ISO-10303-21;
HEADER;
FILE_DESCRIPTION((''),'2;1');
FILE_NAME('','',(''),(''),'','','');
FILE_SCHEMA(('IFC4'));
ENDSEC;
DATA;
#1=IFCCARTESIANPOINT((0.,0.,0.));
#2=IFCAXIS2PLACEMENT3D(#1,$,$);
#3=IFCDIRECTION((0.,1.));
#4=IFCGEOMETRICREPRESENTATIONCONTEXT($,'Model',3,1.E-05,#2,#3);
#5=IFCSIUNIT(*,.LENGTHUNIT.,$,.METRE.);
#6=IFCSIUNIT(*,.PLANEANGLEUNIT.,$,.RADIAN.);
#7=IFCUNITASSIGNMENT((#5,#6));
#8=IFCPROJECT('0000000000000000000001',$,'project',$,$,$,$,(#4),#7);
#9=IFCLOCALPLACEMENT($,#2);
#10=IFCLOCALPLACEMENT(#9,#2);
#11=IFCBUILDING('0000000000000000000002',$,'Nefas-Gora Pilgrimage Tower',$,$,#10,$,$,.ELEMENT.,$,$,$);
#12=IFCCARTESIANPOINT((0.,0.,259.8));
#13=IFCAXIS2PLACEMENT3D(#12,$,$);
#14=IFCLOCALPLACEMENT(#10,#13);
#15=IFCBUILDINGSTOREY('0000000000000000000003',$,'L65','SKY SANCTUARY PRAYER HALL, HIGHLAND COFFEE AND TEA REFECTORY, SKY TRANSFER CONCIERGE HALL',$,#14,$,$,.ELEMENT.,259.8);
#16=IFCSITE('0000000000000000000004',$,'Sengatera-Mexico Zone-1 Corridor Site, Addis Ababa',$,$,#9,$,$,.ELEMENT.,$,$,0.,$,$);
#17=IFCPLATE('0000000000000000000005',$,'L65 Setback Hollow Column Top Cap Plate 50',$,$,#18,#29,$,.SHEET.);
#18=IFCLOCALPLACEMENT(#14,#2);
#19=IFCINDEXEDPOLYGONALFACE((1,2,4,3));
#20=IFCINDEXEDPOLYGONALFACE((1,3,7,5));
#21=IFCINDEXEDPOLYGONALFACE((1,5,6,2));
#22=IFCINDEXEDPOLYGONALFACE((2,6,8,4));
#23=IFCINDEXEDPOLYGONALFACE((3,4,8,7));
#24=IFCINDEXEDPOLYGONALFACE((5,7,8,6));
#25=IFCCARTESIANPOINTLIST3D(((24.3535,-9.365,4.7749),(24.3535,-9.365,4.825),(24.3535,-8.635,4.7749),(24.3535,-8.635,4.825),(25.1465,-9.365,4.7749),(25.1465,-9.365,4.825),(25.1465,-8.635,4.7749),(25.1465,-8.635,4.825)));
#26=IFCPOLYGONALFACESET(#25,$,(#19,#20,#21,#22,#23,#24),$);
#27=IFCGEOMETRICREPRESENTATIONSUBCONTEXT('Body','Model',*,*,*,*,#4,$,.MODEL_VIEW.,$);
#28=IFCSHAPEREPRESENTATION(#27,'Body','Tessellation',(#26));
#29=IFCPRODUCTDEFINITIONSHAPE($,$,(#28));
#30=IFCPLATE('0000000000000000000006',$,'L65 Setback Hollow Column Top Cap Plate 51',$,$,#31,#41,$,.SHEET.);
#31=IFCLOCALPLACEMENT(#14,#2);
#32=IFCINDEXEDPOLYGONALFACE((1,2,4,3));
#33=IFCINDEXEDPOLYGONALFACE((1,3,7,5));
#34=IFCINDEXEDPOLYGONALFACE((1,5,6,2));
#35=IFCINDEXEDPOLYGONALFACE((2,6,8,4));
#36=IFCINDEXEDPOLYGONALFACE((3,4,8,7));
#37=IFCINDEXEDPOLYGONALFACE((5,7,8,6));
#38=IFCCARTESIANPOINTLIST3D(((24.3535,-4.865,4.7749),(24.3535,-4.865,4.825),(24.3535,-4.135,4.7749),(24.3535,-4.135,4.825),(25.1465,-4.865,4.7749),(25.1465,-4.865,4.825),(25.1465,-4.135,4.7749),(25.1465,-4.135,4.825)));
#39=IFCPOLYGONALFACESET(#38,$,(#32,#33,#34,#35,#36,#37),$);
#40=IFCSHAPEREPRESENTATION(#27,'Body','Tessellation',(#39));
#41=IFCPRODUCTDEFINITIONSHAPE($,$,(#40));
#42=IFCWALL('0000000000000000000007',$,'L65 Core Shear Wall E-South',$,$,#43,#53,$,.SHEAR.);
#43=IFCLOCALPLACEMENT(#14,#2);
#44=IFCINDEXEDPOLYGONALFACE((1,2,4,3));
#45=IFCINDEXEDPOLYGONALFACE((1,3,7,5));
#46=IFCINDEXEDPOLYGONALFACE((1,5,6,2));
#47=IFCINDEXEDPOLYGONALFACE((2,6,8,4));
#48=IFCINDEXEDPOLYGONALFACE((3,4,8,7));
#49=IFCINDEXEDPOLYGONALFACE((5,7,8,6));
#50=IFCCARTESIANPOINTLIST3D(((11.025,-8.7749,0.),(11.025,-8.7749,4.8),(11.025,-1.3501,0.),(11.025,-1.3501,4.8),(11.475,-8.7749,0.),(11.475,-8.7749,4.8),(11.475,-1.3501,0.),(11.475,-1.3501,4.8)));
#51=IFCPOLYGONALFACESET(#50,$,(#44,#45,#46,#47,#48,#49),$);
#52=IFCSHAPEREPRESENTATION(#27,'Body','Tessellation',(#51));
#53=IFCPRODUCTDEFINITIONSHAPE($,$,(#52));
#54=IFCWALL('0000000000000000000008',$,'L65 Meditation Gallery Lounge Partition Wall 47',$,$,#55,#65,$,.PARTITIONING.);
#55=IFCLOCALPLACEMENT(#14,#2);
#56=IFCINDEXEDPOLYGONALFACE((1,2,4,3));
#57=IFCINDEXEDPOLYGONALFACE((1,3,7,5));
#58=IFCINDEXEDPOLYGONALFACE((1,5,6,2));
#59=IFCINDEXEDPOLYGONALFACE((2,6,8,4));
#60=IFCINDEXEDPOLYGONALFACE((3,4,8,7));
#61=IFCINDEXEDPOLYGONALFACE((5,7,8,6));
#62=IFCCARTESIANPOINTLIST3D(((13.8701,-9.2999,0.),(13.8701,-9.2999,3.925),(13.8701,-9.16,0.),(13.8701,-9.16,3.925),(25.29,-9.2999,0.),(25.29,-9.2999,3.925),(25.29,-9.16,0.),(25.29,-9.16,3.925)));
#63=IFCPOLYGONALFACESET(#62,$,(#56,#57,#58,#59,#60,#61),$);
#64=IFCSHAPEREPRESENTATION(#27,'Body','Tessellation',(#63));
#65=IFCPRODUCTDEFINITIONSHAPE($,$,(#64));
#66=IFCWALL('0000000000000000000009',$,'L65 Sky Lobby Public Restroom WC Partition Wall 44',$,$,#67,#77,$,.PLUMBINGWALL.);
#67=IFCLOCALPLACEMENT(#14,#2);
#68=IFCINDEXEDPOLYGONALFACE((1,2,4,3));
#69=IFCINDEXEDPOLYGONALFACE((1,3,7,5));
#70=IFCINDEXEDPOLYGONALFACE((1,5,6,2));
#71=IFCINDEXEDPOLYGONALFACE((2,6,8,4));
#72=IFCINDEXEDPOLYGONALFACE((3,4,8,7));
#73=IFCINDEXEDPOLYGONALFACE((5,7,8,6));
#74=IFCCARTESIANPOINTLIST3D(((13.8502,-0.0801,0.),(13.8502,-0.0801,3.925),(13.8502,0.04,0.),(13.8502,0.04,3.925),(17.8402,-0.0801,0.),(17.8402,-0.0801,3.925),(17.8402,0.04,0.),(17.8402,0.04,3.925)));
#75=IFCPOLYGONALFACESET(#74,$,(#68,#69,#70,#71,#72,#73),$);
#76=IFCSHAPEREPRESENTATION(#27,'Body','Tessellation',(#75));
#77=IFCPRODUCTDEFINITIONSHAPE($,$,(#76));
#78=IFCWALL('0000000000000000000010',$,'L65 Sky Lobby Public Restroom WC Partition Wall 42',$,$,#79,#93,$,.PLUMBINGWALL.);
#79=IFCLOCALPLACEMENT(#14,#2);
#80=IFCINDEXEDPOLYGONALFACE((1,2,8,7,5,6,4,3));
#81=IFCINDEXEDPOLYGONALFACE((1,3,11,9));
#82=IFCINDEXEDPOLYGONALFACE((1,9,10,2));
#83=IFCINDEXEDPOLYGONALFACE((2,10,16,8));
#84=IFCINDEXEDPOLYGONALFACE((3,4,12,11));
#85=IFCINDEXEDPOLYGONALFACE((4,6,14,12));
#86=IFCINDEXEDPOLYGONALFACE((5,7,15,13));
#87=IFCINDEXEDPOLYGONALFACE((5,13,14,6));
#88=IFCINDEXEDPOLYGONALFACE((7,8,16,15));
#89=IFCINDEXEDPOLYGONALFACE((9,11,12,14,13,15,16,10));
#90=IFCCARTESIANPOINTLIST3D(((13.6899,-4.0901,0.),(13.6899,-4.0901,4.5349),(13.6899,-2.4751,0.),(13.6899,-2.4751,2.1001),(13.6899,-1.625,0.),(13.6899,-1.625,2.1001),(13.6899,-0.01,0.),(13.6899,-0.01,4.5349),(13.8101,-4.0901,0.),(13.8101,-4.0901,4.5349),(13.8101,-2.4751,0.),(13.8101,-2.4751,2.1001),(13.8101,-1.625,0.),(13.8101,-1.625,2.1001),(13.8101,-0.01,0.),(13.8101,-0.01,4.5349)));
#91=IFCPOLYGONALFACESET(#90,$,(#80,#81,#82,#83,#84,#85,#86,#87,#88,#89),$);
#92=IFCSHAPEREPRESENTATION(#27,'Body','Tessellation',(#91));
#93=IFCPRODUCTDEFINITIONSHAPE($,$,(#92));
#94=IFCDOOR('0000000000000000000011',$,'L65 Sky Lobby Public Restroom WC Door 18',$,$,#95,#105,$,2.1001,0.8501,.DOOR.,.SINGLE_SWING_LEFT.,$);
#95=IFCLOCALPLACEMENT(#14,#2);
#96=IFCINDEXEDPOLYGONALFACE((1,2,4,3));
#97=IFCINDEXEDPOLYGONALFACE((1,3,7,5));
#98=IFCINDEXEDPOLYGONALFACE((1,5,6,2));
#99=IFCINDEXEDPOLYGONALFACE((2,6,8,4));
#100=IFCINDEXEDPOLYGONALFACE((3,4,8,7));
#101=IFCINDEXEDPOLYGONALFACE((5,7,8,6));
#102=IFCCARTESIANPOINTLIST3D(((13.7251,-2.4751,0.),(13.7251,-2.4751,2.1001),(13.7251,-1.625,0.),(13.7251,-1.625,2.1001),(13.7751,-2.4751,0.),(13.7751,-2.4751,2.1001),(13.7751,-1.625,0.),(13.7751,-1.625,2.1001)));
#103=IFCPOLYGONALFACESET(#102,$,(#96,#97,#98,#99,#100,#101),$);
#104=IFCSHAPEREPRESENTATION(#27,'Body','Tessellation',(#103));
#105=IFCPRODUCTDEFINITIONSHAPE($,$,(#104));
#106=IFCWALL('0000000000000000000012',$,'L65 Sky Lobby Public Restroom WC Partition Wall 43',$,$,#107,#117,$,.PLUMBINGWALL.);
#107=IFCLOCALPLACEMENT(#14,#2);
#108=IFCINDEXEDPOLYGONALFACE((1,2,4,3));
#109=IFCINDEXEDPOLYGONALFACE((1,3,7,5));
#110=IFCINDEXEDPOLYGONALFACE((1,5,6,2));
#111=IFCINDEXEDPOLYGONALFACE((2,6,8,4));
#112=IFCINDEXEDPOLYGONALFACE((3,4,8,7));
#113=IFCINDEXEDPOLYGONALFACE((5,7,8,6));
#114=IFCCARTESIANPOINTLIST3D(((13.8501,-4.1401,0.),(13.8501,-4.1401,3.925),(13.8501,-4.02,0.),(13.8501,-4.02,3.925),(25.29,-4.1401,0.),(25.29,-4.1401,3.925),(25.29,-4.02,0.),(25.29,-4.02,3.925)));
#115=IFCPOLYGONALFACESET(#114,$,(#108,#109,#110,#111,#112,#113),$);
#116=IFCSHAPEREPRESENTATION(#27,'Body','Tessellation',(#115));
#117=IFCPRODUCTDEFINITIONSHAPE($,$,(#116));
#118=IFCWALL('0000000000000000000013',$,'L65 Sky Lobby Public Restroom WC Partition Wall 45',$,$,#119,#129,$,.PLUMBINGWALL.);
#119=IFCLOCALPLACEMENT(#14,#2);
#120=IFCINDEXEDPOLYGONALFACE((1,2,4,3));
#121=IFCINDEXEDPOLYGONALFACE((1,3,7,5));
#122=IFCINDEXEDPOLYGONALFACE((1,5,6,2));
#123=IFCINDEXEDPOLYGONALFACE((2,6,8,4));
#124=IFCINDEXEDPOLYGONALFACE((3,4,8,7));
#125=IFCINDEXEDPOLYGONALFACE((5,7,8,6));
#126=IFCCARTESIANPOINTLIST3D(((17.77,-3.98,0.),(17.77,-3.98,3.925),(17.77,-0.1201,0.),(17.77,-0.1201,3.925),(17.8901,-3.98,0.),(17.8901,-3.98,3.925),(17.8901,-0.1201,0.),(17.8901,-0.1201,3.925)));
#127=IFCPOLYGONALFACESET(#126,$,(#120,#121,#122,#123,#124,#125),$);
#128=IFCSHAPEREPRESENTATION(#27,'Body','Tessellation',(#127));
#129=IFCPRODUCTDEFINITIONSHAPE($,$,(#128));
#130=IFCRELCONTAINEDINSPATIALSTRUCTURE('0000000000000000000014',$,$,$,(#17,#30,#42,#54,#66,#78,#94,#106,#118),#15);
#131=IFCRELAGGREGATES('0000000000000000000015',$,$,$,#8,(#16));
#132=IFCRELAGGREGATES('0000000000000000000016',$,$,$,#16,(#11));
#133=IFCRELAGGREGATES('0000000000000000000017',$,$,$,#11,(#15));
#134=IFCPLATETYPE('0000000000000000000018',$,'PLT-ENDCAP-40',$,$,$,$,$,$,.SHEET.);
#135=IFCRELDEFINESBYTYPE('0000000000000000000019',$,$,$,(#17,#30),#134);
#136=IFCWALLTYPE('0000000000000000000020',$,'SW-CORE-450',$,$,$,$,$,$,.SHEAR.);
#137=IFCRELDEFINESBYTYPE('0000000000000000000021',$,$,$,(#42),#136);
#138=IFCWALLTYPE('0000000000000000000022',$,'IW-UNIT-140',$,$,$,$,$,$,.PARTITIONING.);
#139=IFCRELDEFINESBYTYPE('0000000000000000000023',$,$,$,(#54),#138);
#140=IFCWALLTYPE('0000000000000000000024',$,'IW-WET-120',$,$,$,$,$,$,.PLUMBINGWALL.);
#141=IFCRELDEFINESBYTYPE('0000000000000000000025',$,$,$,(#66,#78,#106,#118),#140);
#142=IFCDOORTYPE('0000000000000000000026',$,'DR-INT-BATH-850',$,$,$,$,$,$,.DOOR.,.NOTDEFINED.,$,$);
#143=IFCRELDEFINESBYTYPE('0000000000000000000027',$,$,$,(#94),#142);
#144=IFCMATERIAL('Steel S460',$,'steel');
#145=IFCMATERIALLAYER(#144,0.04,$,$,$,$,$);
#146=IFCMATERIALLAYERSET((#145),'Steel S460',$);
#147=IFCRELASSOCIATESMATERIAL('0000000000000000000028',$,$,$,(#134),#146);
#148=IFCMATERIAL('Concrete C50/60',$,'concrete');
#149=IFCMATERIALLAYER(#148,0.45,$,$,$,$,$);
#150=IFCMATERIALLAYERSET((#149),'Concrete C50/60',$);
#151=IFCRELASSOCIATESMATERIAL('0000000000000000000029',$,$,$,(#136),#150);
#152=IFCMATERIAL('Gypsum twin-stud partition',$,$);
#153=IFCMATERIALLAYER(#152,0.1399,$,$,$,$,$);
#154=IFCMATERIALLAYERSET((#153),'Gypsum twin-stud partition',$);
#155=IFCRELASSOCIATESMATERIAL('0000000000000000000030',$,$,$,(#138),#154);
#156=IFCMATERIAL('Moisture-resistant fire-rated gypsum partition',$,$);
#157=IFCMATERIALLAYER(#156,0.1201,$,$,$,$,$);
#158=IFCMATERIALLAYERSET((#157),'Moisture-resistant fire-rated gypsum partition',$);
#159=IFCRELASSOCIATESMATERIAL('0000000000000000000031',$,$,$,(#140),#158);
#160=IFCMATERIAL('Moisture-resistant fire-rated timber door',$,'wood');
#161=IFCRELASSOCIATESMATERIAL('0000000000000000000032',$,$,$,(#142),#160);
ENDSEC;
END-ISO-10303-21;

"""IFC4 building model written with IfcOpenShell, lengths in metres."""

from ifc_helpers import new_model, si_unit, direction, frame, frame_2d, origin, origin_2d, place, context, subcontext, project, spatial, rectangle, extrude, source, transform, mapped, material, layer, layer_set, type_object, element, fill, save


model = new_model("IFC4")

# Units and contexts
model_context = context("Model", 3, precision=1e-05, world=origin(), true_north=direction((0.0, 1.0)))
body_context = subcontext(model_context, "Body", "Model", "MODEL_VIEW")
ifc_project = project(units=[si_unit("LENGTHUNIT", "METRE"), si_unit("PLANEANGLEUNIT", "RADIAN")], contexts=[model_context])

# Site, building, storey
site_placement = place(None, origin())
site = spatial("IfcSite", under=ifc_project, at=site_placement, Name="Sengatera-Mexico Zone-1 Corridor Site, Addis Ababa", CompositionType="ELEMENT", RefElevation=0.0)
building_placement = place(site_placement, origin())
building = spatial("IfcBuilding", under=site, at=building_placement, Name="Nefas-Gora Pilgrimage Tower", CompositionType="ELEMENT")
storey_placement = place(building_placement, frame((0.0, 0.0, 259.8)))
storey = spatial("IfcBuildingStorey", under=building, at=storey_placement, Name="L65", Description="SKY SANCTUARY PRAYER HALL, HIGHLAND COFFEE AND TEA REFECTORY, SKY TRANSFER CONCIERGE HALL", CompositionType="ELEMENT", Elevation=259.8)

# Shared definitions
ifc_material_1 = material(Name="Steel S460", Category="steel")

# Shared definitions
ifc_material_2 = material(Name="Concrete C50/60", Category="concrete")

# Plates
ifc_layer_1 = layer(ifc_material_1, 0.04)
ifc_layer_set_1 = layer_set([ifc_layer_1], Name="Steel S460")
plate_type = type_object("IfcPlateType", Name="PLT-ENDCAP-40", PredefinedType="SHEET", material=ifc_layer_set_1)
shared_shape_1 = source(origin(), body_context, "Body", "SweptSolid", [
    extrude(rectangle(XDim=0.793, YDim=0.73, at=origin_2d()), origin(), (0.0, 0.0, 1.0), 0.05),
])
for number, where, z_axis, x_axis, name in (
    (1, (24.75, -9.0, 4.7749), (0.0, 0.0, 1.0), (1.0, 0.0, 0.0), "L65 Setback Hollow Column Top Cap Plate 50"),
    (2, (24.75, -4.5, 4.7749), (0.0, 0.0, 1.0), (1.0, 0.0, 0.0), "L65 Setback Hollow Column Top Cap Plate 51"),
):
    element("IfcPlate", number, at=place(storey_placement, frame(where, z_axis=z_axis, x_axis=x_axis)), inside=storey, type_object=plate_type, Name=name, PredefinedType="SHEET", context=body_context, shape_type="MappedRepresentation", body=[
        mapped(shared_shape_1, transform((0.0, 0.0, 0.0), x_axis=(1.0, 0.0, 0.0), y_axis=(0.0, 1.0, 0.0), z_axis=(0.0, 0.0, 1.0), scale=1.0)),
    ])

# Wall
ifc_layer_2 = layer(ifc_material_2, 0.45)
ifc_layer_set_2 = layer_set([ifc_layer_2], Name="Concrete C50/60")
wall_type_1 = type_object("IfcWallType", Name="SW-CORE-450", PredefinedType="SHEAR", material=ifc_layer_set_2)
shared_shape_2 = source(origin(), body_context, "Body", "SweptSolid", [
    extrude(rectangle(XDim=7.4248, YDim=0.45, at=frame_2d((3.7124, 0.0))), origin(), (0.0, 0.0, 1.0), 4.8),
])
wall_1_placement = place(storey_placement, frame((11.25, -8.7749, 0.0), z_axis=(0.0, 0.0, 1.0), x_axis=(0.0, 1.0, 0.0)))
element("IfcWall", 3, at=wall_1_placement, inside=storey, type_object=wall_type_1, Name="L65 Core Shear Wall E-South", PredefinedType="SHEAR", context=body_context, shape_type="MappedRepresentation", body=[
    mapped(shared_shape_2, transform((0.0, 0.0, 0.0), x_axis=(1.0, 0.0, 0.0), y_axis=(0.0, 1.0, 0.0), z_axis=(0.0, 0.0, 1.0), scale=1.0)),
])

# Walls
ifc_material_3 = material(Name="Gypsum twin-stud partition")
ifc_layer_3 = layer(ifc_material_3, 0.1399)
ifc_layer_set_3 = layer_set([ifc_layer_3], Name="Gypsum twin-stud partition")
wall_type_2 = type_object("IfcWallType", Name="IW-UNIT-140", PredefinedType="PARTITIONING", material=ifc_layer_set_3)
shared_shape_3 = source(origin(), body_context, "Body", "SweptSolid", [
    extrude(rectangle(XDim=11.4199, YDim=0.1399, at=frame_2d((5.71, 0.0))), origin(), (0.0, 0.0, 1.0), 3.925),
])
wall_2_placement = place(storey_placement, frame((13.8701, -9.23, 0.0), z_axis=(0.0, 0.0, 1.0), x_axis=(1.0, 0.0, 0.0)))
element("IfcWall", 4, at=wall_2_placement, inside=storey, type_object=wall_type_2, Name="L65 Meditation Gallery Lounge Partition Wall 47", PredefinedType="PARTITIONING", context=body_context, shape_type="MappedRepresentation", body=[
    mapped(shared_shape_3, transform((0.0, 0.0, 0.0), x_axis=(1.0, 0.0, 0.0), y_axis=(0.0, 1.0, 0.0), z_axis=(0.0, 0.0, 1.0), scale=1.0)),
])
ifc_material_4 = material(Name="Moisture-resistant fire-rated gypsum partition")
ifc_layer_4 = layer(ifc_material_4, 0.1201)
ifc_layer_set_4 = layer_set([ifc_layer_4], Name="Moisture-resistant fire-rated gypsum partition")
wall_type_3 = type_object("IfcWallType", Name="IW-WET-120", PredefinedType="PLUMBINGWALL", material=ifc_layer_set_4)
shared_shape_4 = source(origin(), body_context, "Body", "SweptSolid", [
    extrude(rectangle(XDim=3.99, YDim=0.1201, at=frame_2d((1.9951, 0.0))), origin(), (0.0, 0.0, 1.0), 3.925),
])
wall_3_placement = place(storey_placement, frame((13.8501, -0.02, 0.0), z_axis=(0.0, 0.0, 1.0), x_axis=(1.0, 0.0, 0.0)))
element("IfcWall", 5, at=wall_3_placement, inside=storey, type_object=wall_type_3, Name="L65 Sky Lobby Public Restroom WC Partition Wall 44", PredefinedType="PLUMBINGWALL", context=body_context, shape_type="MappedRepresentation", body=[
    mapped(shared_shape_4, transform((0.0, 0.0, 0.0), x_axis=(1.0, 0.0, 0.0), y_axis=(0.0, 1.0, 0.0), z_axis=(0.0, 0.0, 1.0), scale=1.0)),
])

# Wall, opening, door
shared_shape_5 = source(origin(), body_context, "Body", "SweptSolid", [
    extrude(rectangle(XDim=4.0801, YDim=0.1201, at=frame_2d((2.04, 0.0))), origin(), (0.0, 0.0, 1.0), 4.5349),
])
wall_4_placement = place(storey_placement, frame((13.75, -4.0901, 0.0), z_axis=(0.0, 0.0, 1.0), x_axis=(0.0, 1.0, 0.0)))
wall_4 = element("IfcWall", 6, at=wall_4_placement, inside=storey, type_object=wall_type_3, Name="L65 Sky Lobby Public Restroom WC Partition Wall 42", PredefinedType="PLUMBINGWALL", context=body_context, shape_type="MappedRepresentation", body=[
    mapped(shared_shape_5, transform((0.0, 0.0, 0.0), x_axis=(1.0, 0.0, 0.0), y_axis=(0.0, 1.0, 0.0), z_axis=(0.0, 0.0, 1.0), scale=1.0)),
])
opening_1_placement = place(wall_4_placement, frame((1.615, 0.0, 0.0)))
opening_1 = element("IfcOpeningElement", 7, at=opening_1_placement, cuts=wall_4, PredefinedType="OPENING", context=body_context, shape_type="SweptSolid", body=[
    extrude(rectangle(XDim=0.8501, YDim=2.1001, at=frame_2d((0.425, 1.05))), frame((0.0, 0.0701, 0.0), z_axis=(0.0, -1.0, 0.0), x_axis=(1.0, 0.0, 0.0)), (0.0, 0.0, 1.0), 0.1401),
])
ifc_material_5 = material(Name="Moisture-resistant fire-rated timber door", Category="wood")
door_type_1 = type_object("IfcDoorType", Name="DR-INT-BATH-850", OperationType="NOTDEFINED", PredefinedType="DOOR", material=ifc_material_5)
shared_shape_6 = source(origin(), body_context, "Body", "SweptSolid", [
    extrude(rectangle(XDim=0.8501, YDim=2.1001, at=frame_2d((0.425, 1.05))), frame((0.0, 0.0249, 0.0), z_axis=(0.0, -1.0, 0.0), x_axis=(1.0, 0.0, 0.0)), (0.0, 0.0, 1.0), 0.05),
])
door_1_placement = place(opening_1_placement, origin())
door_1 = element("IfcDoor", 8, at=door_1_placement, inside=storey, type_object=door_type_1, Name="L65 Sky Lobby Public Restroom WC Door 18", OperationType="SINGLE_SWING_LEFT", OverallHeight=2.1001, OverallWidth=0.8501, PredefinedType="DOOR", context=body_context, shape_type="MappedRepresentation", body=[
    mapped(shared_shape_6, transform((0.0, 0.0, 0.0), x_axis=(1.0, 0.0, 0.0), y_axis=(0.0, 1.0, 0.0), z_axis=(0.0, 0.0, 1.0), scale=1.0)),
])
fill(opening_1, door_1)

# Walls
shared_shape_7 = source(origin(), body_context, "Body", "SweptSolid", [
    extrude(rectangle(XDim=11.4399, YDim=0.1201, at=frame_2d((5.72, 0.0))), origin(), (0.0, 0.0, 1.0), 3.925),
])
wall_5_placement = place(storey_placement, frame((13.8501, -4.0801, 0.0), z_axis=(0.0, 0.0, 1.0), x_axis=(1.0, 0.0, 0.0)))
element("IfcWall", 9, at=wall_5_placement, inside=storey, type_object=wall_type_3, Name="L65 Sky Lobby Public Restroom WC Partition Wall 43", PredefinedType="PLUMBINGWALL", context=body_context, shape_type="MappedRepresentation", body=[
    mapped(shared_shape_7, transform((0.0, 0.0, 0.0), x_axis=(1.0, 0.0, 0.0), y_axis=(0.0, 1.0, 0.0), z_axis=(0.0, 0.0, 1.0), scale=1.0)),
])
shared_shape_8 = source(origin(), body_context, "Body", "SweptSolid", [
    extrude(rectangle(XDim=3.8599, YDim=0.1201, at=frame_2d((1.9299, 0.0))), origin(), (0.0, 0.0, 1.0), 3.925),
])
wall_6_placement = place(storey_placement, frame((17.8301, -3.98, 0.0), z_axis=(0.0, 0.0, 1.0), x_axis=(0.0, 1.0, 0.0)))
element("IfcWall", 10, at=wall_6_placement, inside=storey, type_object=wall_type_3, Name="L65 Sky Lobby Public Restroom WC Partition Wall 45", PredefinedType="PLUMBINGWALL", context=body_context, shape_type="MappedRepresentation", body=[
    mapped(shared_shape_8, transform((0.0, 0.0, 0.0), x_axis=(1.0, 0.0, 0.0), y_axis=(0.0, 1.0, 0.0), z_axis=(0.0, 0.0, 1.0), scale=1.0)),
])

save(model, "model.ifc")
